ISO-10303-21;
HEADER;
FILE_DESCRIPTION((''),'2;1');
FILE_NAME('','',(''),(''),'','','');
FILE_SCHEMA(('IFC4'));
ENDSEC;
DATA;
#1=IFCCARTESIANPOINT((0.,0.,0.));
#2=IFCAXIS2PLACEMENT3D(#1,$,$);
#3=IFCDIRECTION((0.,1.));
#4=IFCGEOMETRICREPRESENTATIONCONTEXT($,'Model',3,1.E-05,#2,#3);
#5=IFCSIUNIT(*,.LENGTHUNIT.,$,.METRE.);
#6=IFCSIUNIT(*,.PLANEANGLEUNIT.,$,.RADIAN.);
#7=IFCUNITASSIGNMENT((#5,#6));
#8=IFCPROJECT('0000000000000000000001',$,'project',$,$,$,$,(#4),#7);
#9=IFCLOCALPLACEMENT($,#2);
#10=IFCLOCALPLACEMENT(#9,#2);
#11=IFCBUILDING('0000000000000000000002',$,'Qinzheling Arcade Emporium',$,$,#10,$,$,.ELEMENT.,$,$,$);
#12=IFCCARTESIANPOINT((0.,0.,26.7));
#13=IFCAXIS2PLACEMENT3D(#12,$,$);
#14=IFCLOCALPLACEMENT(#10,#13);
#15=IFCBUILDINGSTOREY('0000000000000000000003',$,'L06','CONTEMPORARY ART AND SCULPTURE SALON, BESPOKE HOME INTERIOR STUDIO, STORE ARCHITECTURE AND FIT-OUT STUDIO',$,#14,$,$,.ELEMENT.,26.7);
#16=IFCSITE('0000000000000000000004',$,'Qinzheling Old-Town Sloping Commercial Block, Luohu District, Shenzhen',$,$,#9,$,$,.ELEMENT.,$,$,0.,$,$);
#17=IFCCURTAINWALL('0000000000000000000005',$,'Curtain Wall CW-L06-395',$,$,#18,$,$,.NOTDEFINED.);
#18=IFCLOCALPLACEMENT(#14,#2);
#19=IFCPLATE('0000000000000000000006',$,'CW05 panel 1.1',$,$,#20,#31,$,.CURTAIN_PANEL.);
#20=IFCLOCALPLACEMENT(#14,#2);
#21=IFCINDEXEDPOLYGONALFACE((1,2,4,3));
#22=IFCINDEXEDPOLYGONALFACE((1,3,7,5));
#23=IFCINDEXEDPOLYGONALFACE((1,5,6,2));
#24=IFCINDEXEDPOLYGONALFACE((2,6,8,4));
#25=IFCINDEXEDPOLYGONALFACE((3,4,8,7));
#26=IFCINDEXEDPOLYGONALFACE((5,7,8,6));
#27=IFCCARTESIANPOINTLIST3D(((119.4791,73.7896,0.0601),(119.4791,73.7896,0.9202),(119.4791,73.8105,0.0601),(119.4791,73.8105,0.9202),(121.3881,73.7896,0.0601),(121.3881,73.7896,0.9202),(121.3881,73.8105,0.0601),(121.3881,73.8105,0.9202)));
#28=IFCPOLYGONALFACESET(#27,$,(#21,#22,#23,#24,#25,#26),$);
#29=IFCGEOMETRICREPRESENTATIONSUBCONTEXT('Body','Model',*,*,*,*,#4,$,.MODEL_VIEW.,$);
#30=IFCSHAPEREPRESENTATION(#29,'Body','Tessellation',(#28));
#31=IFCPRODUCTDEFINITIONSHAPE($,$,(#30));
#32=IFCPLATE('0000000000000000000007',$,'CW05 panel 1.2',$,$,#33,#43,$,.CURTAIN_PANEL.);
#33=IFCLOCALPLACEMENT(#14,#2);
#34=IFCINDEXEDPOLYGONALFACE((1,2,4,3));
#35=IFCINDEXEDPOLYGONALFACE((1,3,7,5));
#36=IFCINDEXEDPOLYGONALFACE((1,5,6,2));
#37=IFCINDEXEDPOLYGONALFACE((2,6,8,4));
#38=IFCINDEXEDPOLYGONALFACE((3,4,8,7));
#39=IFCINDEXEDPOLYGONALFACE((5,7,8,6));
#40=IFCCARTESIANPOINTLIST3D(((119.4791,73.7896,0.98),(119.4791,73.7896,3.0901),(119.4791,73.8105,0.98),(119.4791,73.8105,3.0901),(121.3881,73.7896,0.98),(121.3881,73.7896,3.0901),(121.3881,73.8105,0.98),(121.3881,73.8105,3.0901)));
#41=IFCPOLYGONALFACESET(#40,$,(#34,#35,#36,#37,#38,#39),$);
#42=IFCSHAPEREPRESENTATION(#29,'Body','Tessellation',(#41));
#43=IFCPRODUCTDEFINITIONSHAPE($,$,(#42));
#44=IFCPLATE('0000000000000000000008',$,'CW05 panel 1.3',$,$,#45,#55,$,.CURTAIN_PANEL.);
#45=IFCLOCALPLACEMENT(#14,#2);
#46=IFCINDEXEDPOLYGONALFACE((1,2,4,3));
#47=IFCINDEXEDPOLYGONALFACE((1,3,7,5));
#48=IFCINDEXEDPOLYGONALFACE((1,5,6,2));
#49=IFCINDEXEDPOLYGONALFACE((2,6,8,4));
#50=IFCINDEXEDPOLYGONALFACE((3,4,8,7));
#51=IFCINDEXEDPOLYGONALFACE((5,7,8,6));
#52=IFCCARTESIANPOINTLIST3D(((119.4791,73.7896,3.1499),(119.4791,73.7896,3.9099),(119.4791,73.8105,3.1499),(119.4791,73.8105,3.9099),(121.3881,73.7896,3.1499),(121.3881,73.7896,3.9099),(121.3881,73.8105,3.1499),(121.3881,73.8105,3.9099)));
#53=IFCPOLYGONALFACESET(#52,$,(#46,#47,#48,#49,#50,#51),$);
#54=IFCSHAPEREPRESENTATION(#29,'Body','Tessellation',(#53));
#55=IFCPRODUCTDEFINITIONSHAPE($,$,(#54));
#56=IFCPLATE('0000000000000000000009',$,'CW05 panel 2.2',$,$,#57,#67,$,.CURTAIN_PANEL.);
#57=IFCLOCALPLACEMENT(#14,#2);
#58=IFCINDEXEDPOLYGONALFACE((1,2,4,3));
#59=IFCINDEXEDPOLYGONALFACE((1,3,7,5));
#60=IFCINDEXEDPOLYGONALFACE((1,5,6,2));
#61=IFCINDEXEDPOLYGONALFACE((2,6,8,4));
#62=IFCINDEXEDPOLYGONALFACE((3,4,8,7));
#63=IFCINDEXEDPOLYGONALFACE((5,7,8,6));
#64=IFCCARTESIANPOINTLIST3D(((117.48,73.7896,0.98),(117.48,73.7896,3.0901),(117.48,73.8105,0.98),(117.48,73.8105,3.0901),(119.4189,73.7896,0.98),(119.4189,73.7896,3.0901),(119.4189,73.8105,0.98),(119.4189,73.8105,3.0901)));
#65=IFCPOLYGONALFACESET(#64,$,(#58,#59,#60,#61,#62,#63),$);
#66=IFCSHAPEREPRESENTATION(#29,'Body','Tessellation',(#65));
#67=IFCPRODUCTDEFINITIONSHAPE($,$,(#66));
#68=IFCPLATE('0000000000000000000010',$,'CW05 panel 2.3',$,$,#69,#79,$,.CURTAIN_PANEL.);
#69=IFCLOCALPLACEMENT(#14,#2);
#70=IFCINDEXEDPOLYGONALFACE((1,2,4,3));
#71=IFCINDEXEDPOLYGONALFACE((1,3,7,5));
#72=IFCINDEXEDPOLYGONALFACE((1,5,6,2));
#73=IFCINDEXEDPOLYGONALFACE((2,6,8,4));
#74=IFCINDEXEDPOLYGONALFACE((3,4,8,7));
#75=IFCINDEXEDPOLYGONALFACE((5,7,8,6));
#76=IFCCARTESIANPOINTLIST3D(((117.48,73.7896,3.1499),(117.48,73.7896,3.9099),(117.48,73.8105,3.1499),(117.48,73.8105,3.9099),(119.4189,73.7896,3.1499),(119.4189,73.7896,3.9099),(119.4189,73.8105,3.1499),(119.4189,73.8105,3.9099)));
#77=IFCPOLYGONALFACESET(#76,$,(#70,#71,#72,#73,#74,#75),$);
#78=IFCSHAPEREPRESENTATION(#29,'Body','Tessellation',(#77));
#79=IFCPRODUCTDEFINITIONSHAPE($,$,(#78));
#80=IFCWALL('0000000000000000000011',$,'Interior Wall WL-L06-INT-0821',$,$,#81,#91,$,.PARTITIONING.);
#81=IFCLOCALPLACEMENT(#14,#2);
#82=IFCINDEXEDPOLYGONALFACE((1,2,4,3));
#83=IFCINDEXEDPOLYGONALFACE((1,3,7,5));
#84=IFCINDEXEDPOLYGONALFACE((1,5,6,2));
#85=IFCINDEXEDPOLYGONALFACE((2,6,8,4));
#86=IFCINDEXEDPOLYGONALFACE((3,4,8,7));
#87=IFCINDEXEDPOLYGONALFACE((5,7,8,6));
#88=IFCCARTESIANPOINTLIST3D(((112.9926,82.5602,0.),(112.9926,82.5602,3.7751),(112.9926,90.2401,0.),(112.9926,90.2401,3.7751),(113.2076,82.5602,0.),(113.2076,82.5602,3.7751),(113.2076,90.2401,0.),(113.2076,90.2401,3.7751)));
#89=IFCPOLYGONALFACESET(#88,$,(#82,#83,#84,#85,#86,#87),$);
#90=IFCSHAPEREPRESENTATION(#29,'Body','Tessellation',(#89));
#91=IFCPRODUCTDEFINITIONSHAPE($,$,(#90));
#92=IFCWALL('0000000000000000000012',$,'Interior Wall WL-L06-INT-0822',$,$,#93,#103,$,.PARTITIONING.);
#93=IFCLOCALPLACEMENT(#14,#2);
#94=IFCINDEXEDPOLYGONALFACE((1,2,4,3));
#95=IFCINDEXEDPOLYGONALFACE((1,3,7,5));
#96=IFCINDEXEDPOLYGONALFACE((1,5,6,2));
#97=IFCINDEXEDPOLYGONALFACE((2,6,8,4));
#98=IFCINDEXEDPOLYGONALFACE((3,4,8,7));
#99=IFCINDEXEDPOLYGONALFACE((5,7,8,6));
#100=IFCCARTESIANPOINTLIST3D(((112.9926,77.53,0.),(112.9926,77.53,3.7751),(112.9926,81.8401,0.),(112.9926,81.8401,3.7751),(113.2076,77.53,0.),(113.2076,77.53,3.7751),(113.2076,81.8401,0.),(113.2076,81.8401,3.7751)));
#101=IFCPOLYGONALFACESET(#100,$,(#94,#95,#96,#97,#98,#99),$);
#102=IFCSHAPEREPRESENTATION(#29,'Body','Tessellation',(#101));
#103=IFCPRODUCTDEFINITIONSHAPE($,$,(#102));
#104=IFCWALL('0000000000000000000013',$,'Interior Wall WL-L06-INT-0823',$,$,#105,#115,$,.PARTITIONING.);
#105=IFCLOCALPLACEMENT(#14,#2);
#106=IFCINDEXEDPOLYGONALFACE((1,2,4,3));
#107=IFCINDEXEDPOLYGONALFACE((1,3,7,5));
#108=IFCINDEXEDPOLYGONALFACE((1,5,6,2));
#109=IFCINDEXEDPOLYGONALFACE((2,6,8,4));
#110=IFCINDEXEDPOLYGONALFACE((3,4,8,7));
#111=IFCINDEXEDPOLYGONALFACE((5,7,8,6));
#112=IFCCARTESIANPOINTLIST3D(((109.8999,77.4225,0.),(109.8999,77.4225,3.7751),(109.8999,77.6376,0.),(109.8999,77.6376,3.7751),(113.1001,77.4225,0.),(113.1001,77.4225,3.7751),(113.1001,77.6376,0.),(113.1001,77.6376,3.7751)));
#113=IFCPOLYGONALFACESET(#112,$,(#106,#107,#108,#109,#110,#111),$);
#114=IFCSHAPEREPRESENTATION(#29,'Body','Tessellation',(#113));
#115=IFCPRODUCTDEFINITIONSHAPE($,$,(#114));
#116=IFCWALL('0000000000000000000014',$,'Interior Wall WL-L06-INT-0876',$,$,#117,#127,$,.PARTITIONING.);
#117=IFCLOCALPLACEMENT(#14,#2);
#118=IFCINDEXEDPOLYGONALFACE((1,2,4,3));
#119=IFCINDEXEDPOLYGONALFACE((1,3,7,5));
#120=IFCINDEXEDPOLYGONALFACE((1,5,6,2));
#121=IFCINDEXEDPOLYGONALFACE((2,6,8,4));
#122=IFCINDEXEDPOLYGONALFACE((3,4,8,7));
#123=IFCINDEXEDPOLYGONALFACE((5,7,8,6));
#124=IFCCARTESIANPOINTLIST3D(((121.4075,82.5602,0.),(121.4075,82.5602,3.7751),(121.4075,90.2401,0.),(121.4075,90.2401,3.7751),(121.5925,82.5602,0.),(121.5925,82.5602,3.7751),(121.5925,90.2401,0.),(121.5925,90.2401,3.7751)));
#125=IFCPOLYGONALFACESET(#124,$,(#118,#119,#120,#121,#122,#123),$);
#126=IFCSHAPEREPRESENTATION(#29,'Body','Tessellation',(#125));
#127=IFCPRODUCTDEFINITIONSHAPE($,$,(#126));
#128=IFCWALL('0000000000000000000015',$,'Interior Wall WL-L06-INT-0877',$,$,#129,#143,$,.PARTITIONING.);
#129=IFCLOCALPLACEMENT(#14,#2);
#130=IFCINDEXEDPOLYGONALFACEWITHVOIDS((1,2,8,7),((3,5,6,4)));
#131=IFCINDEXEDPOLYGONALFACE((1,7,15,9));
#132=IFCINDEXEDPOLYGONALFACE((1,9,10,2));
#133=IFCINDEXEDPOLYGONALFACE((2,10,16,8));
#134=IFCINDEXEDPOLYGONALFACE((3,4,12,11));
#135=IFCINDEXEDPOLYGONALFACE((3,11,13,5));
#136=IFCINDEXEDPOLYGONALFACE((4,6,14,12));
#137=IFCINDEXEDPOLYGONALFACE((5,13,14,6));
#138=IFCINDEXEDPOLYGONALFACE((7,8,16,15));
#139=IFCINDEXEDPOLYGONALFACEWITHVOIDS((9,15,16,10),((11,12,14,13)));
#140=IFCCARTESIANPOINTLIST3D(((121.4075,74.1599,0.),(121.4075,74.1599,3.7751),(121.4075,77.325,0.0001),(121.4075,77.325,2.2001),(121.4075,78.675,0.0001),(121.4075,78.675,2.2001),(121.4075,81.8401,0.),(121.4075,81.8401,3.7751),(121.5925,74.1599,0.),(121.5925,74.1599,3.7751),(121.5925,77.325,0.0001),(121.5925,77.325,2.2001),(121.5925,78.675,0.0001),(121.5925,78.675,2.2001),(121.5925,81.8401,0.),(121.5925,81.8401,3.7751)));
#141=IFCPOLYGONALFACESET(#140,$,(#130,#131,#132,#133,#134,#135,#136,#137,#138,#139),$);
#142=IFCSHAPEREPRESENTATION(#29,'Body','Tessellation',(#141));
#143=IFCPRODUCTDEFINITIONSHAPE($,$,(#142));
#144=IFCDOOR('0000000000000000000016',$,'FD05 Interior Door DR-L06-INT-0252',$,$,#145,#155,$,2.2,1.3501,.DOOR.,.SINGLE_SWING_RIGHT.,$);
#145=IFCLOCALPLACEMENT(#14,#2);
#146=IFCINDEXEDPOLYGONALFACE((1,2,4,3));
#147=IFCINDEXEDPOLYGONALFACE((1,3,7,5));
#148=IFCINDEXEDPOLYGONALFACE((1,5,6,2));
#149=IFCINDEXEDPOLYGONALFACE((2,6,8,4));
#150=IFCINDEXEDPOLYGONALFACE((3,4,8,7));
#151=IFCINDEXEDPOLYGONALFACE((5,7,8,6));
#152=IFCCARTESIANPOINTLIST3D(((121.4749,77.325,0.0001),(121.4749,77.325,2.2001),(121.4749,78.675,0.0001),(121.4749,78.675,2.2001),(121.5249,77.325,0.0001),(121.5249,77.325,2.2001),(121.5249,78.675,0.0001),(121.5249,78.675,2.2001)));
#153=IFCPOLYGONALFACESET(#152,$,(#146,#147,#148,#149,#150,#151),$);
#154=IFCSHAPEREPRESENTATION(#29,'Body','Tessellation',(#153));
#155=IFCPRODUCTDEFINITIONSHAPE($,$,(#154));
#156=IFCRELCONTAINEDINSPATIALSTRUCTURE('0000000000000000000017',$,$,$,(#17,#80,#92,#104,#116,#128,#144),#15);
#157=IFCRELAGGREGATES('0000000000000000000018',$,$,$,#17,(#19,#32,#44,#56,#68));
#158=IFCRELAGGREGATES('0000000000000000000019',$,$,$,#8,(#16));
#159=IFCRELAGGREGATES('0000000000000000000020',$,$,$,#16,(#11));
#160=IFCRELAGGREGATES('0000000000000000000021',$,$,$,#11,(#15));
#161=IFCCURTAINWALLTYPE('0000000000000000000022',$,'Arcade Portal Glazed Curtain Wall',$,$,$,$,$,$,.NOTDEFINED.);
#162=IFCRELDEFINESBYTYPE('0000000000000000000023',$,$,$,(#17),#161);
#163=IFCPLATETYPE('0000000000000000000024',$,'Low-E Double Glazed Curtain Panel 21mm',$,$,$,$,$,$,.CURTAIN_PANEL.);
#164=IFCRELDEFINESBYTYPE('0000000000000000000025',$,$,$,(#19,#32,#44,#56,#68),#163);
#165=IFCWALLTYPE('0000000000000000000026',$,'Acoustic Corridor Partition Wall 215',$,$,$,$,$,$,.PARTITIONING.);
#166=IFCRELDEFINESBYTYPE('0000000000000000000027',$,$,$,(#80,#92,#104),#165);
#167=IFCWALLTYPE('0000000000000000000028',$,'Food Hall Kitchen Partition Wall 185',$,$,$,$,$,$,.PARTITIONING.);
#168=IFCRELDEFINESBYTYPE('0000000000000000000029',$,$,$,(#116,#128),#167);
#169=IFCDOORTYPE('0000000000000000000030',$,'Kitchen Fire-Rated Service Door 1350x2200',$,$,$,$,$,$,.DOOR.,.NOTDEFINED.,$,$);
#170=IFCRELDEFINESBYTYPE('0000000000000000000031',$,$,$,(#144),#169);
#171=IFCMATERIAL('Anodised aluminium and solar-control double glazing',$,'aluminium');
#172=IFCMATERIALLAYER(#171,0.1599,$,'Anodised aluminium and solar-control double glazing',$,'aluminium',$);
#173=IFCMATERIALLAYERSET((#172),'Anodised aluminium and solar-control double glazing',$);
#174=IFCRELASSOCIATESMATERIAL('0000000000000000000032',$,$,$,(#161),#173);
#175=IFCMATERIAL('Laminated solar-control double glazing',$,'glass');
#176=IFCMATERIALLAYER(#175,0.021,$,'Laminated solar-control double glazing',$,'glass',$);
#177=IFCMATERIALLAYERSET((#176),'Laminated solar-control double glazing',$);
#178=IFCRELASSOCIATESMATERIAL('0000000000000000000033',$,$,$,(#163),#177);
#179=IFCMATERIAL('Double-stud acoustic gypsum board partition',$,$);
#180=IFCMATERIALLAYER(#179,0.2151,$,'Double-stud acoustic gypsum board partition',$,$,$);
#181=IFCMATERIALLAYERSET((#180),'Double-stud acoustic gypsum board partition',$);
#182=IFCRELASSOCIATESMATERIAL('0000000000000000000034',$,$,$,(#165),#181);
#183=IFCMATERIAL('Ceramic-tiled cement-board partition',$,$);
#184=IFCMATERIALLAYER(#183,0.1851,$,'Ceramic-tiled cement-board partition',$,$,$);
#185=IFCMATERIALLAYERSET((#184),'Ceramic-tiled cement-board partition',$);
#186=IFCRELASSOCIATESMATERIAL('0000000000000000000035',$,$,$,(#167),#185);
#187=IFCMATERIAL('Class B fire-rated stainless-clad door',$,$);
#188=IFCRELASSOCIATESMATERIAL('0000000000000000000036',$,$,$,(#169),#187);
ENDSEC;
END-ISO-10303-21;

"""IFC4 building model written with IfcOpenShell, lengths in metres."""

from ifc_helpers import new_model, si_unit, direction, frame, frame_2d, origin, origin_2d, place, context, subcontext, project, spatial, rectangle, extrude, material, layer, layer_set, type_object, element, fill, aggregate, save


model = new_model("IFC4")

# Units and contexts
model_context = context("Model", 3, precision=1e-05, world=origin(), true_north=direction((0.0, 1.0)))
body_context = subcontext(model_context, "Body", "Model", "MODEL_VIEW")
ifc_project = project(units=[si_unit("LENGTHUNIT", "METRE"), si_unit("PLANEANGLEUNIT", "RADIAN")], contexts=[model_context])

# Site, building, storey
site_placement = place(None, origin())
site = spatial("IfcSite", under=ifc_project, at=site_placement, Name="Qinzheling Old-Town Sloping Commercial Block, Luohu District, Shenzhen", CompositionType="ELEMENT", RefElevation=0.0)
building_placement = place(site_placement, origin())
building = spatial("IfcBuilding", under=site, at=building_placement, Name="Qinzheling Arcade Emporium", CompositionType="ELEMENT")
storey_placement = place(building_placement, frame((0.0, 0.0, 26.7)))
storey = spatial("IfcBuildingStorey", under=building, at=storey_placement, Name="L06", Description="CONTEMPORARY ART AND SCULPTURE SALON, BESPOKE HOME INTERIOR STUDIO, STORE ARCHITECTURE AND FIT-OUT STUDIO", CompositionType="ELEMENT", Elevation=26.7)

# Curtain wall
ifc_material_1 = material(Name="Anodised aluminium and solar-control double glazing", Category="aluminium")
ifc_layer_1 = layer(ifc_material_1, 0.1599, Name="Anodised aluminium and solar-control double glazing", Category="aluminium")
ifc_layer_set_1 = layer_set([ifc_layer_1], Name="Anodised aluminium and solar-control double glazing")
curtain_wall_type = type_object("IfcCurtainWallType", Name="Arcade Portal Glazed Curtain Wall", PredefinedType="NOTDEFINED", material=ifc_layer_set_1)
curtain_wall_placement = place(storey_placement, origin())
curtain_wall = element("IfcCurtainWall", 1, at=curtain_wall_placement, inside=storey, type_object=curtain_wall_type, Name="Curtain Wall CW-L06-395", PredefinedType="NOTDEFINED")

# Plates
ifc_material_2 = material(Name="Laminated solar-control double glazing", Category="glass")
ifc_layer_2 = layer(ifc_material_2, 0.021, Name="Laminated solar-control double glazing", Category="glass")
ifc_layer_set_2 = layer_set([ifc_layer_2], Name="Laminated solar-control double glazing")
plate_type = type_object("IfcPlateType", Name="Low-E Double Glazed Curtain Panel 21mm", PredefinedType="CURTAIN_PANEL", material=ifc_layer_set_2)
plate_1_placement = place(storey_placement, frame((120.4336, 73.8, 0.0601), z_axis=(0.0, 0.0, 1.0), x_axis=(-1.0, 0.0, 0.0)))
plate_1 = element("IfcPlate", 2, at=plate_1_placement, type_object=plate_type, Name="CW05 panel 1.1", PredefinedType="CURTAIN_PANEL", context=body_context, shape_type="SweptSolid", body=[
    extrude(rectangle(XDim=1.9089, YDim=0.021, at=origin_2d()), origin(), (0.0, 0.0, 1.0), 0.8601),
])
plate_2_placement = place(storey_placement, frame((120.4336, 73.8, 0.98), z_axis=(0.0, 0.0, 1.0), x_axis=(-1.0, 0.0, 0.0)))
plate_2 = element("IfcPlate", 3, at=plate_2_placement, type_object=plate_type, Name="CW05 panel 1.2", PredefinedType="CURTAIN_PANEL", context=body_context, shape_type="SweptSolid", body=[
    extrude(rectangle(XDim=1.9089, YDim=0.021, at=origin_2d()), origin(), (0.0, 0.0, 1.0), 2.1101),
])
plate_3_placement = place(storey_placement, frame((120.4336, 73.8, 3.1499), z_axis=(0.0, 0.0, 1.0), x_axis=(-1.0, 0.0, 0.0)))
plate_3 = element("IfcPlate", 4, at=plate_3_placement, type_object=plate_type, Name="CW05 panel 1.3", PredefinedType="CURTAIN_PANEL", context=body_context, shape_type="SweptSolid", body=[
    extrude(rectangle(XDim=1.9089, YDim=0.021, at=origin_2d()), origin(), (0.0, 0.0, 1.0), 0.76),
])
plate_4_placement = place(storey_placement, frame((118.4495, 73.8, 0.98), z_axis=(0.0, 0.0, 1.0), x_axis=(-1.0, 0.0, 0.0)))
plate_4 = element("IfcPlate", 5, at=plate_4_placement, type_object=plate_type, Name="CW05 panel 2.2", PredefinedType="CURTAIN_PANEL", context=body_context, shape_type="SweptSolid", body=[
    extrude(rectangle(XDim=1.939, YDim=0.021, at=origin_2d()), origin(), (0.0, 0.0, 1.0), 2.1101),
])
plate_5_placement = place(storey_placement, frame((118.4495, 73.8, 3.1499), z_axis=(0.0, 0.0, 1.0), x_axis=(-1.0, 0.0, 0.0)))
plate_5 = element("IfcPlate", 6, at=plate_5_placement, type_object=plate_type, Name="CW05 panel 2.3", PredefinedType="CURTAIN_PANEL", context=body_context, shape_type="SweptSolid", body=[
    extrude(rectangle(XDim=1.939, YDim=0.021, at=origin_2d()), origin(), (0.0, 0.0, 1.0), 0.76),
])
aggregate(curtain_wall, [plate_1, plate_2, plate_3, plate_4, plate_5])

# Walls
ifc_material_3 = material(Name="Double-stud acoustic gypsum board partition")
ifc_layer_3 = layer(ifc_material_3, 0.2151, Name="Double-stud acoustic gypsum board partition")
ifc_layer_set_3 = layer_set([ifc_layer_3], Name="Double-stud acoustic gypsum board partition")
wall_type_1 = type_object("IfcWallType", Name="Acoustic Corridor Partition Wall 215", PredefinedType="PARTITIONING", material=ifc_layer_set_3)
wall_1_placement = place(storey_placement, frame((113.1001, 90.24, 0.0), z_axis=(0.0, 0.0, 1.0), x_axis=(0.0, -1.0, 0.0)))
element("IfcWall", 7, at=wall_1_placement, inside=storey, type_object=wall_type_1, Name="Interior Wall WL-L06-INT-0821", PredefinedType="PARTITIONING", context=body_context, shape_type="SweptSolid", body=[
    extrude(rectangle(XDim=7.6799, YDim=0.2151, at=frame_2d((3.8398, 0.0))), origin(), (0.0, 0.0, 1.0), 3.7751),
])
wall_2_placement = place(storey_placement, frame((113.1001, 81.8401, 0.0), z_axis=(0.0, 0.0, 1.0), x_axis=(0.0, -1.0, 0.0)))
element("IfcWall", 8, at=wall_2_placement, inside=storey, type_object=wall_type_1, Name="Interior Wall WL-L06-INT-0822", PredefinedType="PARTITIONING", context=body_context, shape_type="SweptSolid", body=[
    extrude(rectangle(XDim=4.3101, YDim=0.2151, at=frame_2d((2.155, 0.0))), origin(), (0.0, 0.0, 1.0), 3.7751),
])
wall_3_placement = place(storey_placement, frame((113.1001, 77.53, 0.0), z_axis=(0.0, 0.0, 1.0), x_axis=(-1.0, 0.0, 0.0)))
element("IfcWall", 9, at=wall_3_placement, inside=storey, type_object=wall_type_1, Name="Interior Wall WL-L06-INT-0823", PredefinedType="PARTITIONING", context=body_context, shape_type="SweptSolid", body=[
    extrude(rectangle(XDim=3.2002, YDim=0.2151, at=frame_2d((1.6001, 0.0))), origin(), (0.0, 0.0, 1.0), 3.7751),
])
ifc_material_4 = material(Name="Ceramic-tiled cement-board partition")
ifc_layer_4 = layer(ifc_material_4, 0.1851, Name="Ceramic-tiled cement-board partition")
ifc_layer_set_4 = layer_set([ifc_layer_4], Name="Ceramic-tiled cement-board partition")
wall_type_2 = type_object("IfcWallType", Name="Food Hall Kitchen Partition Wall 185", PredefinedType="PARTITIONING", material=ifc_layer_set_4)
wall_4_placement = place(storey_placement, frame((121.5, 90.24, 0.0), z_axis=(0.0, 0.0, 1.0), x_axis=(0.0, -1.0, 0.0)))
element("IfcWall", 10, at=wall_4_placement, inside=storey, type_object=wall_type_2, Name="Interior Wall WL-L06-INT-0876", PredefinedType="PARTITIONING", context=body_context, shape_type="SweptSolid", body=[
    extrude(rectangle(XDim=7.6799, YDim=0.1851, at=frame_2d((3.8398, 0.0))), origin(), (0.0, 0.0, 1.0), 3.7751),
])

# Wall, opening, door
wall_5_placement = place(storey_placement, frame((121.5, 81.8401, 0.0), z_axis=(0.0, 0.0, 1.0), x_axis=(0.0, -1.0, 0.0)))
wall_5 = element("IfcWall", 11, at=wall_5_placement, inside=storey, type_object=wall_type_2, Name="Interior Wall WL-L06-INT-0877", PredefinedType="PARTITIONING", context=body_context, shape_type="SweptSolid", body=[
    extrude(rectangle(XDim=7.6802, YDim=0.1851, at=frame_2d((3.8401, 0.0))), origin(), (0.0, 0.0, 1.0), 3.7751),
])
opening_placement = place(wall_5_placement, frame((3.165, 0.0, 0.0)))
opening = element("IfcOpeningElement", 12, at=opening_placement, cuts=wall_5, PredefinedType="OPENING", context=body_context, shape_type="SweptSolid", body=[
    extrude(rectangle(XDim=1.3501, YDim=2.2, at=frame_2d((0.675, 1.1001))), frame((0.0, 0.1025, 0.0), z_axis=(0.0, -1.0, 0.0), x_axis=(1.0, 0.0, 0.0)), (0.0, 0.0, 1.0), 0.2051),
])
ifc_material_5 = material(Name="Class B fire-rated stainless-clad door")
door_type = type_object("IfcDoorType", Name="Kitchen Fire-Rated Service Door 1350x2200", OperationType="NOTDEFINED", PredefinedType="DOOR", material=ifc_material_5)
door_placement = place(opening_placement, origin())
door = element("IfcDoor", 13, at=door_placement, inside=storey, type_object=door_type, Name="FD05 Interior Door DR-L06-INT-0252", OperationType="SINGLE_SWING_RIGHT", OverallHeight=2.2, OverallWidth=1.3501, PredefinedType="DOOR", context=body_context, shape_type="SweptSolid", body=[
    extrude(rectangle(XDim=1.3501, YDim=2.2, at=frame_2d((0.675, 1.1001))), frame((0.0, 0.0249, 0.0), z_axis=(0.0, -1.0, 0.0), x_axis=(1.0, 0.0, 0.0)), (0.0, 0.0, 1.0), 0.05),
])
fill(opening, door)

save(model, "model.ifc")
